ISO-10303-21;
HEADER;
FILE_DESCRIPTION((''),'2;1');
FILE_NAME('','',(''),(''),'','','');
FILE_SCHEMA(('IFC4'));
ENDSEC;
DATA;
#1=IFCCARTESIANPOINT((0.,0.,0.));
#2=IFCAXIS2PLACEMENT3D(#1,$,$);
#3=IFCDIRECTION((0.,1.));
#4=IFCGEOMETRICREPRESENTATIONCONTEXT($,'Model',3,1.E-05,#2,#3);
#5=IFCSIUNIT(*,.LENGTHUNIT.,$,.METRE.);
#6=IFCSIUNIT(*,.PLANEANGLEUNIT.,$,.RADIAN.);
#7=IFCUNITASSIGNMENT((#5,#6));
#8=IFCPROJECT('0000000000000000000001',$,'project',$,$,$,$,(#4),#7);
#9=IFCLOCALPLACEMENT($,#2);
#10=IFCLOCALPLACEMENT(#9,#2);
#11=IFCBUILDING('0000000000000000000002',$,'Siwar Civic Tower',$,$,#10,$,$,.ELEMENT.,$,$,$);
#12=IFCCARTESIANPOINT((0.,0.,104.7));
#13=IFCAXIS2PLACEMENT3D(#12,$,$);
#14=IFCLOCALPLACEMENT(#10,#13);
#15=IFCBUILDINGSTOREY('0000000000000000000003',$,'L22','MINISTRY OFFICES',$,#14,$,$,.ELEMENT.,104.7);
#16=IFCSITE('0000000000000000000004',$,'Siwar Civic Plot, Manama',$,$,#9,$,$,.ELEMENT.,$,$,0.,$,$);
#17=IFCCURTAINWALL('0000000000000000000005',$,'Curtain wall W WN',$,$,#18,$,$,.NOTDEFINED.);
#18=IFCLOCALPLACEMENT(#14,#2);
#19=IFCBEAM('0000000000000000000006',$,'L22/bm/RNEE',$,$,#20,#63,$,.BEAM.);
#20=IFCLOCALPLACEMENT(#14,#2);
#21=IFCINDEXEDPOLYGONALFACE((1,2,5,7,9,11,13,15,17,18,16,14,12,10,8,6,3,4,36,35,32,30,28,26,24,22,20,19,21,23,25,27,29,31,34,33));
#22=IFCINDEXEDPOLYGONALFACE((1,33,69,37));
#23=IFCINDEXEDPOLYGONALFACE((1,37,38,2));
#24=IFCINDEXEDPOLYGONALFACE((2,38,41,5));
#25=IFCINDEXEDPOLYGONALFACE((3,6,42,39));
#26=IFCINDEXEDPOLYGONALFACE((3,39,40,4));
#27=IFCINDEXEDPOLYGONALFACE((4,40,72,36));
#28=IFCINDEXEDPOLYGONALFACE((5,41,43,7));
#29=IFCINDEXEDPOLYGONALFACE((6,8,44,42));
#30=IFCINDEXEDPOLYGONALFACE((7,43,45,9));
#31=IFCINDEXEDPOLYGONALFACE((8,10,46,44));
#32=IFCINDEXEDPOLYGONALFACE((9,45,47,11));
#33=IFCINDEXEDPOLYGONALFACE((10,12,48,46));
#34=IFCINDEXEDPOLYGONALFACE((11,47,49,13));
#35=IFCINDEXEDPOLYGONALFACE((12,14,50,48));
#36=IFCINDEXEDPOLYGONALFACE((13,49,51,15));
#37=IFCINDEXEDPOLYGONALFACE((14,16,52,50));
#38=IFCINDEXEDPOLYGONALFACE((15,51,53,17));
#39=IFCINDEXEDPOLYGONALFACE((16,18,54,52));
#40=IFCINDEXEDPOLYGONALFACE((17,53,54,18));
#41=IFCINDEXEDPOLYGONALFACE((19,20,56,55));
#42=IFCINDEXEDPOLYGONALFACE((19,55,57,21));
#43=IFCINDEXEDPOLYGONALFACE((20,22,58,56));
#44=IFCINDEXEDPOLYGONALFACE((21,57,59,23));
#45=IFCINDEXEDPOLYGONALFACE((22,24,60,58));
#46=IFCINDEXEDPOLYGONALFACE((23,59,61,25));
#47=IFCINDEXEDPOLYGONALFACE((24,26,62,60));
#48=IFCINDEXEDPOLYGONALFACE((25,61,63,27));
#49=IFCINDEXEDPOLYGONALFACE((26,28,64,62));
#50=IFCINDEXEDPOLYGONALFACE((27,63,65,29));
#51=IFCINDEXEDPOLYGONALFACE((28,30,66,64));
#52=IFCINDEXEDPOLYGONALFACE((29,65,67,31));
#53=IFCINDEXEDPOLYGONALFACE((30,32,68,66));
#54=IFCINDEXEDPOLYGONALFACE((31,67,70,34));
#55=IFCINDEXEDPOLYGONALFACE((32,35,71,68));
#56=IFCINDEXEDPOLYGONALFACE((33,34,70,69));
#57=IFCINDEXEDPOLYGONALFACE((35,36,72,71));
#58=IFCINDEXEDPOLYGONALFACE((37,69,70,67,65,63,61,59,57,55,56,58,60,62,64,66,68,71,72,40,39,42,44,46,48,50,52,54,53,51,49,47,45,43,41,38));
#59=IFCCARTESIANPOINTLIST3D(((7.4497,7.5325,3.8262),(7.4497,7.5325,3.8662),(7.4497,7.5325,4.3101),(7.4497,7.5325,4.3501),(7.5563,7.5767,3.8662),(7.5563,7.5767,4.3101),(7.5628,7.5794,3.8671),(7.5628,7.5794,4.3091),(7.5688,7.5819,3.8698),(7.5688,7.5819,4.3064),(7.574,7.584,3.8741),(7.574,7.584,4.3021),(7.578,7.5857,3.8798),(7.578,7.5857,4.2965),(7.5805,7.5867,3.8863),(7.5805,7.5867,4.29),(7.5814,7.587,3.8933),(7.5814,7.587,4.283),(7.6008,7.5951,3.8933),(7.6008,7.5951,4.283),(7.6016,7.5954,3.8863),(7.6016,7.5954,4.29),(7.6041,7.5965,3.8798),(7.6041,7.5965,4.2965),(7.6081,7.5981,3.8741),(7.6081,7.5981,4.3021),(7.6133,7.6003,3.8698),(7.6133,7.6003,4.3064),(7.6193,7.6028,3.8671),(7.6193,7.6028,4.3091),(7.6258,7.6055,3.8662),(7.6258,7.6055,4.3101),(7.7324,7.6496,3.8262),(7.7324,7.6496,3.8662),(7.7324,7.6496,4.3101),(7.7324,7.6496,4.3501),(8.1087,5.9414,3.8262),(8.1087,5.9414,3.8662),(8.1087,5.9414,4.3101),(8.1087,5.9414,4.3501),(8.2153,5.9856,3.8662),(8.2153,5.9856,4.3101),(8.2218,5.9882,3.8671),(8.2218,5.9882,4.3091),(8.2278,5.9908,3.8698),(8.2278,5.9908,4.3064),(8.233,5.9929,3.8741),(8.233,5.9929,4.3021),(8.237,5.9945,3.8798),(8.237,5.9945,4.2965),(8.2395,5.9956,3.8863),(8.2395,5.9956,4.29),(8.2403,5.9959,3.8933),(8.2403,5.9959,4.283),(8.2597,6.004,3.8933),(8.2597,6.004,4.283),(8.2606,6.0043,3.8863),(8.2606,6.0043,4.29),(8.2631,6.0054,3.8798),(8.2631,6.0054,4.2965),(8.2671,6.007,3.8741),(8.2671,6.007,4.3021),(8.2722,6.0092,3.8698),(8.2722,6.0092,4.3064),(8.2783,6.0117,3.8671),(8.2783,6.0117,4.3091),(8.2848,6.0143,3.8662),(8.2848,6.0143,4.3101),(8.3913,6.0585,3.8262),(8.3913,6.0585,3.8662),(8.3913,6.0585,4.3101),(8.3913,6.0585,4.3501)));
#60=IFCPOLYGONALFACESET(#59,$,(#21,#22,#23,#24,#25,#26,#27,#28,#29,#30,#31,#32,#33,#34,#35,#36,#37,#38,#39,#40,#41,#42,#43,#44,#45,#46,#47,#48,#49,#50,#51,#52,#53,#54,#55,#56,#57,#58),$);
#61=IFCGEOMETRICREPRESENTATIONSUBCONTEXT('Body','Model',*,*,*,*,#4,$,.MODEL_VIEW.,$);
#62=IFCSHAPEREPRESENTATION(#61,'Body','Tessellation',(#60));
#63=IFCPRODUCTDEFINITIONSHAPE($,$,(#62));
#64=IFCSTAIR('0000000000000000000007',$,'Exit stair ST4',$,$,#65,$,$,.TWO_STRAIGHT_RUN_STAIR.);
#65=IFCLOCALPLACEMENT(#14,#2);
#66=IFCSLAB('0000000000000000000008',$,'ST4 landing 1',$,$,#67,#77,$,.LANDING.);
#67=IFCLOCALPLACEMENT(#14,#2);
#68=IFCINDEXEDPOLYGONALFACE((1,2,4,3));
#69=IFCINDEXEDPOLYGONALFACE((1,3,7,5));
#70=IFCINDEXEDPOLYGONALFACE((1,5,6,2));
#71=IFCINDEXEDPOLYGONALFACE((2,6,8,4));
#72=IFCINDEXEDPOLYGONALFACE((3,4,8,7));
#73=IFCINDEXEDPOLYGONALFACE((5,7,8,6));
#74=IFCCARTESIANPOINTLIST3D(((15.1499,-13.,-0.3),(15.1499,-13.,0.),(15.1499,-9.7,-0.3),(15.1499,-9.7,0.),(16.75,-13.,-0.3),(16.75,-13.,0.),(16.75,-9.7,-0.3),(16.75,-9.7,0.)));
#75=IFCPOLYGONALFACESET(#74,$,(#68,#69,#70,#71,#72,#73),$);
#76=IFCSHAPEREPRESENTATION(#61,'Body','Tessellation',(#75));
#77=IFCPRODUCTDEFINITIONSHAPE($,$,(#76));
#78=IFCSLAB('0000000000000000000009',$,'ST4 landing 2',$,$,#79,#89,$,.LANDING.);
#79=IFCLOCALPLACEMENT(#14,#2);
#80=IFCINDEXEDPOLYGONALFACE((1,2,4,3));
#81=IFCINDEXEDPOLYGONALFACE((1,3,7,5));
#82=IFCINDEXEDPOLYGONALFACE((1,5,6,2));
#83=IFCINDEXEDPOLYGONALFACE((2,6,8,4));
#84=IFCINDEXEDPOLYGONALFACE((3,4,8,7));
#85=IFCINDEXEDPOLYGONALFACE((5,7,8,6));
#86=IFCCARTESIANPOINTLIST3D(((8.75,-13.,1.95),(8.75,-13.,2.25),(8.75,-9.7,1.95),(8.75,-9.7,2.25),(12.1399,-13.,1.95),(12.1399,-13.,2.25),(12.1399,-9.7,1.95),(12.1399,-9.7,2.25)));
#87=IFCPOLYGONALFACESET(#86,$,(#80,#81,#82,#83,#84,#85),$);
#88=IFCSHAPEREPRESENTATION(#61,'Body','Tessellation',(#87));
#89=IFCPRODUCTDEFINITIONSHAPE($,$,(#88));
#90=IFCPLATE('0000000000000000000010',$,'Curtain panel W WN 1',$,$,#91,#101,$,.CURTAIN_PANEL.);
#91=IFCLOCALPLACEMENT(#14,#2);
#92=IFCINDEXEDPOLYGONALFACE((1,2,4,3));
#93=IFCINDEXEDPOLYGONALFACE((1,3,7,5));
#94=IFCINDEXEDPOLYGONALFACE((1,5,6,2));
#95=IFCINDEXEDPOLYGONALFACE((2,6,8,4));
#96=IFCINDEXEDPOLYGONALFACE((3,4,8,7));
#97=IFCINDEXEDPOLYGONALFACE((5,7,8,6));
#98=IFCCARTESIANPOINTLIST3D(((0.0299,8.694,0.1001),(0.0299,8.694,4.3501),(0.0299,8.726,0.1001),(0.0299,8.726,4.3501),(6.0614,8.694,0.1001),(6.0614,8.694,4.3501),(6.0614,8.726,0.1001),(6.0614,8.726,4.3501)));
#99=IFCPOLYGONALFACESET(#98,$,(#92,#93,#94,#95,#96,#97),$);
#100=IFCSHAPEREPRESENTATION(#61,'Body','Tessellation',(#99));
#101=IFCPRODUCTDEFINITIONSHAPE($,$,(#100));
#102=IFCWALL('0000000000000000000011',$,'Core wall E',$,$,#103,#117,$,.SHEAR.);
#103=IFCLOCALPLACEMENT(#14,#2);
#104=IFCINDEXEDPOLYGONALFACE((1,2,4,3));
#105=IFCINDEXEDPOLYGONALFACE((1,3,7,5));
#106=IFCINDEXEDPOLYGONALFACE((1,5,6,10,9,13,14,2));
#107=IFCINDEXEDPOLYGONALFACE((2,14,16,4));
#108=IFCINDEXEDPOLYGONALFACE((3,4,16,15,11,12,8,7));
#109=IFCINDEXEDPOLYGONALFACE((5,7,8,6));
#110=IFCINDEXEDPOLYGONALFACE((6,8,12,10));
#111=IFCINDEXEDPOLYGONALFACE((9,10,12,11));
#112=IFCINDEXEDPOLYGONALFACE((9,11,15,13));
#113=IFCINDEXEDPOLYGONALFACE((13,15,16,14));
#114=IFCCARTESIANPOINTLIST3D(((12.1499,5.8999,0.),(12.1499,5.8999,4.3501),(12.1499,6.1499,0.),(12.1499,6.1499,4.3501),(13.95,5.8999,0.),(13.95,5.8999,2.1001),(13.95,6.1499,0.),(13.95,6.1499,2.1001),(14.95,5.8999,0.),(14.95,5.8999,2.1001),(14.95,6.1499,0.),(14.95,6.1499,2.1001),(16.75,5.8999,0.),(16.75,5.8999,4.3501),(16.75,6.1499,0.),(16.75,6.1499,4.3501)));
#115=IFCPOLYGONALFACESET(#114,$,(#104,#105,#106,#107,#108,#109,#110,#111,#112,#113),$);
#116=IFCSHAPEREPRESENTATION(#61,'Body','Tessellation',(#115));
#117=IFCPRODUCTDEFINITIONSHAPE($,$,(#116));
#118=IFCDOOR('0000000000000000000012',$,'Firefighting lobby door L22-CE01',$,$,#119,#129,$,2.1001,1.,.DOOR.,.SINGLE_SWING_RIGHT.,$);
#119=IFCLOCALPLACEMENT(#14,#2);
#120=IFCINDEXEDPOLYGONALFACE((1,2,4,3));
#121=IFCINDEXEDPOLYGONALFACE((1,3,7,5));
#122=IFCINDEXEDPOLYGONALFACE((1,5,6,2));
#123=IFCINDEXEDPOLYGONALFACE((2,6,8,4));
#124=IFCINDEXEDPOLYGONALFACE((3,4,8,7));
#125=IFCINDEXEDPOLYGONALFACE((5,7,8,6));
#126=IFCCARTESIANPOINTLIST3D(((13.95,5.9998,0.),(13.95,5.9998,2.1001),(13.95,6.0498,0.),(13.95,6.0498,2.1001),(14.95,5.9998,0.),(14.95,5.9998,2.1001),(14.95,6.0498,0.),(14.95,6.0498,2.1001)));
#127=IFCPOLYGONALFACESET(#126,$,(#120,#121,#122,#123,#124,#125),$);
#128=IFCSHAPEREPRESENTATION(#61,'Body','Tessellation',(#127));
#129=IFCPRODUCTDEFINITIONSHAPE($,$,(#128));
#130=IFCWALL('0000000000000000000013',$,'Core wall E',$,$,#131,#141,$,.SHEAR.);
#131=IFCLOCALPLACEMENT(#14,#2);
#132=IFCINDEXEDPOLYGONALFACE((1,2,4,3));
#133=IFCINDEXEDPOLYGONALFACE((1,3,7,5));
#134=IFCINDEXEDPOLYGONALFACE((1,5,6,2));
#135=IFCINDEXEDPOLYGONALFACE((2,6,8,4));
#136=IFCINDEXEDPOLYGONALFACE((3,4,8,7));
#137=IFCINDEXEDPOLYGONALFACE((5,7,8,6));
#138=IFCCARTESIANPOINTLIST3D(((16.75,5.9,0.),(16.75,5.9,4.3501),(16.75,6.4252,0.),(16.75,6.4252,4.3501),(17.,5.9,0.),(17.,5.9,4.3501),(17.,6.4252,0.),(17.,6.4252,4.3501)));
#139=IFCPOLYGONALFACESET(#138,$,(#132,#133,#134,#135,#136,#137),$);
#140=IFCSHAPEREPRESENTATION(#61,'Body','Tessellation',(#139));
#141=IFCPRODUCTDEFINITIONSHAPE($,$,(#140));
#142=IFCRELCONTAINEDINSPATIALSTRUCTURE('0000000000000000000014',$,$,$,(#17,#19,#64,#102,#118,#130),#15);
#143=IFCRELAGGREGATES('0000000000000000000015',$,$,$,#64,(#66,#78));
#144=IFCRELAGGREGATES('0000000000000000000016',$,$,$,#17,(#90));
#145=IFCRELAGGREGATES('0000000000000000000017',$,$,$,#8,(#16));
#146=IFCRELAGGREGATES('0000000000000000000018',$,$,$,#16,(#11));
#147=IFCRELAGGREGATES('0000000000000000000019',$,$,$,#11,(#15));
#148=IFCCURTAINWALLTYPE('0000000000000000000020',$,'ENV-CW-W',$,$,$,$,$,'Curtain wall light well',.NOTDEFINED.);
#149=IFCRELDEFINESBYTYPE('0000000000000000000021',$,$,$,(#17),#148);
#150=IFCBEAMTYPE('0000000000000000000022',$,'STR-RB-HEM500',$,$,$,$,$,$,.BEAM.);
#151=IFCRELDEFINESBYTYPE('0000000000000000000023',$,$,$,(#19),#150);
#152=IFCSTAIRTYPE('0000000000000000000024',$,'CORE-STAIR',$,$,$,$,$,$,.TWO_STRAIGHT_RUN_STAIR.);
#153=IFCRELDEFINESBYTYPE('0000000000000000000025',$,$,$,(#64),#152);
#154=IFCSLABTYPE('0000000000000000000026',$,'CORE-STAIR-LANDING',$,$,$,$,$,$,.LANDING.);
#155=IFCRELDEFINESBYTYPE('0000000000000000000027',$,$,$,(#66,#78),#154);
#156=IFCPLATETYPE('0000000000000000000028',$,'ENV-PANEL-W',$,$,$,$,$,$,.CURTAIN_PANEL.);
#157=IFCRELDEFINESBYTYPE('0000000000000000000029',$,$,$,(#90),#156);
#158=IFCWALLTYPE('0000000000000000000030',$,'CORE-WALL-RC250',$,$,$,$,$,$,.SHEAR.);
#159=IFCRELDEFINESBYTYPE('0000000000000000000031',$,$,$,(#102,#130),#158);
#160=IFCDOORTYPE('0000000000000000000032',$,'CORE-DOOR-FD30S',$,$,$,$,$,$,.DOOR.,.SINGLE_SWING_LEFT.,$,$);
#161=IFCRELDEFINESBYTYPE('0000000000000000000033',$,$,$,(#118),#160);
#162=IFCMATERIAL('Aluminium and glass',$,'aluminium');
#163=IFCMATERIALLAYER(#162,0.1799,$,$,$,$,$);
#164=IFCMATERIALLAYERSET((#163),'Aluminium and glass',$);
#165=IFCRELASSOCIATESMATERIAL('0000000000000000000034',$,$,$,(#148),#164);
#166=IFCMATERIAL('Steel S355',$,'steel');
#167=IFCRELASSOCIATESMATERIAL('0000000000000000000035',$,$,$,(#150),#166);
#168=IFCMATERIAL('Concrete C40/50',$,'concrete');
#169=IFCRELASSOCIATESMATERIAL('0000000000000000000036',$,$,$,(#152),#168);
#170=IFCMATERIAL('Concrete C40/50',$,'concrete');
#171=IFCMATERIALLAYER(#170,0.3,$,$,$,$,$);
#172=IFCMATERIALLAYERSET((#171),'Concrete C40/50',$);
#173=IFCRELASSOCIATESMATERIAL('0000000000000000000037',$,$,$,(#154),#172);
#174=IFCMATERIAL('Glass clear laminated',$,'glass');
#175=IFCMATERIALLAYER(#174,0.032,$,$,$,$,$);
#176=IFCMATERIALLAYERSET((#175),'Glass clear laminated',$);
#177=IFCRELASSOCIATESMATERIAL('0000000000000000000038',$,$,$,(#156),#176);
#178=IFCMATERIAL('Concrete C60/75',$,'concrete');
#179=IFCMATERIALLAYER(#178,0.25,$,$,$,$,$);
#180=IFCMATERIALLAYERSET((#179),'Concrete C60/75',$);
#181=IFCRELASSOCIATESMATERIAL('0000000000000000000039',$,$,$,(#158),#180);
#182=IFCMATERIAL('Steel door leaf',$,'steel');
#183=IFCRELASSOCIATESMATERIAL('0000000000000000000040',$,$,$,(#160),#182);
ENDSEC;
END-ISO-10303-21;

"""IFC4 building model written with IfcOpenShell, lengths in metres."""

from ifc_helpers import new_model, si_unit, direction, frame, frame_2d, origin, origin_2d, place, context, subcontext, project, spatial, polyline, rectangle, i_section, outline, extrude, material, layer, layer_set, material_profile, profile_set, type_object, element, fill, aggregate, save


model = new_model("IFC4")

# Units and contexts
model_context = context("Model", 3, precision=1e-05, world=origin(), true_north=direction((0.0, 1.0)))
body_context = subcontext(model_context, "Body", "Model", "MODEL_VIEW")
ifc_project = project(units=[si_unit("LENGTHUNIT", "METRE"), si_unit("PLANEANGLEUNIT", "RADIAN")], contexts=[model_context])

# Site, building, storey
site_placement = place(None, origin())
site = spatial("IfcSite", under=ifc_project, at=site_placement, Name="Siwar Civic Plot, Manama", CompositionType="ELEMENT", RefElevation=0.0)
building_placement = place(site_placement, origin())
building = spatial("IfcBuilding", under=site, at=building_placement, Name="Siwar Civic Tower", CompositionType="ELEMENT")
storey_placement = place(building_placement, frame((0.0, 0.0, 104.7)))
storey = spatial("IfcBuildingStorey", under=building, at=storey_placement, Name="L22", Description="MINISTRY OFFICES", CompositionType="ELEMENT", Elevation=104.7)

# Curtain wall
ifc_material_1 = material(Name="Aluminium and glass", Category="aluminium")
ifc_layer_1 = layer(ifc_material_1, 0.1799)
ifc_layer_set_1 = layer_set([ifc_layer_1], Name="Aluminium and glass")
curtain_wall_type = type_object("IfcCurtainWallType", Name="ENV-CW-W", ElementType="Curtain wall light well", PredefinedType="NOTDEFINED", material=ifc_layer_set_1)
curtain_wall_placement = place(storey_placement, origin())
curtain_wall = element("IfcCurtainWall", 1, at=curtain_wall_placement, inside=storey, type_object=curtain_wall_type, Name="Curtain wall W WN", PredefinedType="NOTDEFINED")

# Beam
ifc_material_2 = material(Name="Steel S355", Category="steel")
ifc_material_profile_1 = material_profile(ifc_material_2, i_section(OverallWidth=0.3059, OverallDepth=0.5239, WebThickness=0.021, FlangeThickness=0.04, FilletRadius=0.0271, at=origin_2d()), Name="HEM500")
ifc_profile_set_1 = profile_set([ifc_material_profile_1], Name="Steel S355")
beam_type_1 = type_object("IfcBeamType", Name="STR-RB-HEM500", PredefinedType="BEAM", material=ifc_profile_set_1)
for number, where, z_axis, x_axis, name in (
    (2, (7.5911, 7.5911, 4.0881), (0.382631, -0.923901, 0.0), (0.923901, 0.382631, 0.0), "L22/bm/RNEE"),
):
    element("IfcBeam", number, at=place(storey_placement, frame(where, z_axis=z_axis, x_axis=x_axis)), inside=storey, type_object=beam_type_1, Name=name, PredefinedType="BEAM", context=body_context, shape_type="SweptSolid", body=[
        extrude(i_section(OverallWidth=0.3059, OverallDepth=0.5239, WebThickness=0.021, FlangeThickness=0.04, FilletRadius=0.0271, at=origin_2d()), origin(), (0.0, 0.0, 1.0), 1.7222),
    ])

# Stair, slabs
ifc_material_3 = material(Name="Concrete C40/50", Category="concrete")
stair_type = type_object("IfcStairType", Name="CORE-STAIR", PredefinedType="TWO_STRAIGHT_RUN_STAIR", material=ifc_material_3)
stair_1_placement = place(storey_placement, origin())
stair_1 = element("IfcStair", 3, at=stair_1_placement, inside=storey, type_object=stair_type, Name="Exit stair ST4", PredefinedType="TWO_STRAIGHT_RUN_STAIR")
ifc_material_4 = material(Name="Concrete C40/50", Category="concrete")
ifc_layer_2 = layer(ifc_material_4, 0.3)
ifc_layer_set_2 = layer_set([ifc_layer_2], Name="Concrete C40/50")
slab_type = type_object("IfcSlabType", Name="CORE-STAIR-LANDING", PredefinedType="LANDING", material=ifc_layer_set_2)
slab_1_placement = place(storey_placement, frame((0.0, 0.0, -0.3)))
slab_1 = element("IfcSlab", 4, at=slab_1_placement, type_object=slab_type, Name="ST4 landing 1", PredefinedType="LANDING", context=body_context, shape_type="SweptSolid", body=[
    extrude(outline(polyline([(15.1499, -13.0), (16.75, -13.0), (16.75, -9.7), (15.1499, -9.7), (15.1499, -13.0)])), origin(), (0.0, 0.0, 1.0), 0.3),
])
slab_2_placement = place(storey_placement, frame((0.0, 0.0, 1.95)))
slab_2 = element("IfcSlab", 5, at=slab_2_placement, type_object=slab_type, Name="ST4 landing 2", PredefinedType="LANDING", context=body_context, shape_type="SweptSolid", body=[
    extrude(outline(polyline([(8.75, -13.0), (12.1399, -13.0), (12.1399, -9.7), (8.75, -9.7), (8.75, -13.0)])), origin(), (0.0, 0.0, 1.0), 0.3),
])
aggregate(stair_1, [slab_1, slab_2])

# Plate
ifc_material_5 = material(Name="Glass clear laminated", Category="glass")
ifc_layer_3 = layer(ifc_material_5, 0.032)
ifc_layer_set_3 = layer_set([ifc_layer_3], Name="Glass clear laminated")
plate_type = type_object("IfcPlateType", Name="ENV-PANEL-W", PredefinedType="CURTAIN_PANEL", material=ifc_layer_set_3)
plate_placement = place(storey_placement, frame((3.0457, 8.71, 0.1001), z_axis=(0.0, 0.0, 1.0), x_axis=(-1.0, 0.0, 0.0)))
plate = element("IfcPlate", 6, at=plate_placement, type_object=plate_type, Name="Curtain panel W WN 1", PredefinedType="CURTAIN_PANEL", context=body_context, shape_type="SweptSolid", body=[
    extrude(rectangle(XDim=6.0315, YDim=0.032, at=origin_2d()), origin(), (0.0, 0.0, 1.0), 4.25),
])
aggregate(curtain_wall, [plate])

# Wall, opening, door
ifc_material_6 = material(Name="Concrete C60/75", Category="concrete")
ifc_layer_4 = layer(ifc_material_6, 0.25)
ifc_layer_set_4 = layer_set([ifc_layer_4], Name="Concrete C60/75")
wall_type_1 = type_object("IfcWallType", Name="CORE-WALL-RC250", PredefinedType="SHEAR", material=ifc_layer_set_4)
wall_1_placement = place(storey_placement, frame((12.1499, 6.0249, 0.0), z_axis=(0.0, 0.0, 1.0), x_axis=(1.0, 0.0, 0.0)))
wall_1 = element("IfcWall", 7, at=wall_1_placement, inside=storey, type_object=wall_type_1, Name="Core wall E", PredefinedType="SHEAR", context=body_context, shape_type="SweptSolid", body=[
    extrude(rectangle(XDim=4.6001, YDim=0.25, at=frame_2d((2.3, 0.0))), origin(), (0.0, 0.0, 1.0), 4.3501),
])
opening_1_placement = place(wall_1_placement, frame((1.8, 0.0, 0.0)))
opening_1 = element("IfcOpeningElement", 8, at=opening_1_placement, cuts=wall_1, PredefinedType="OPENING", context=body_context, shape_type="SweptSolid", body=[
    extrude(rectangle(XDim=1.0, YDim=2.1001, at=frame_2d((0.5, 1.05))), frame((0.0, 0.135, 0.0), z_axis=(0.0, -1.0, 0.0), x_axis=(1.0, 0.0, 0.0)), (0.0, 0.0, 1.0), 0.27),
])
ifc_material_7 = material(Name="Steel door leaf", Category="steel")
door_type_1 = type_object("IfcDoorType", Name="CORE-DOOR-FD30S", OperationType="SINGLE_SWING_LEFT", PredefinedType="DOOR", material=ifc_material_7)
door_1_placement = place(opening_1_placement, origin())
door_1 = element("IfcDoor", 9, at=door_1_placement, inside=storey, type_object=door_type_1, Name="Firefighting lobby door L22-CE01", OperationType="SINGLE_SWING_RIGHT", OverallHeight=2.1001, OverallWidth=1.0, PredefinedType="DOOR", context=body_context, shape_type="SweptSolid", body=[
    extrude(rectangle(XDim=1.0, YDim=2.1001, at=frame_2d((0.5, 1.05))), frame((0.0, 0.0249, 0.0), z_axis=(0.0, -1.0, 0.0), x_axis=(1.0, 0.0, 0.0)), (0.0, 0.0, 1.0), 0.05),
])
fill(opening_1, door_1)

# Wall
wall_2_placement = place(storey_placement, frame((16.875, 5.8999, 0.0), z_axis=(0.0, 0.0, 1.0), x_axis=(0.0, 1.0, 0.0)))
element("IfcWall", 10, at=wall_2_placement, inside=storey, type_object=wall_type_1, Name="Core wall E", PredefinedType="SHEAR", context=body_context, shape_type="SweptSolid", body=[
    extrude(rectangle(XDim=0.5251, YDim=0.25, at=frame_2d((0.2627, 0.0))), origin(), (0.0, 0.0, 1.0), 4.3501),
])

save(model, "model.ifc")
